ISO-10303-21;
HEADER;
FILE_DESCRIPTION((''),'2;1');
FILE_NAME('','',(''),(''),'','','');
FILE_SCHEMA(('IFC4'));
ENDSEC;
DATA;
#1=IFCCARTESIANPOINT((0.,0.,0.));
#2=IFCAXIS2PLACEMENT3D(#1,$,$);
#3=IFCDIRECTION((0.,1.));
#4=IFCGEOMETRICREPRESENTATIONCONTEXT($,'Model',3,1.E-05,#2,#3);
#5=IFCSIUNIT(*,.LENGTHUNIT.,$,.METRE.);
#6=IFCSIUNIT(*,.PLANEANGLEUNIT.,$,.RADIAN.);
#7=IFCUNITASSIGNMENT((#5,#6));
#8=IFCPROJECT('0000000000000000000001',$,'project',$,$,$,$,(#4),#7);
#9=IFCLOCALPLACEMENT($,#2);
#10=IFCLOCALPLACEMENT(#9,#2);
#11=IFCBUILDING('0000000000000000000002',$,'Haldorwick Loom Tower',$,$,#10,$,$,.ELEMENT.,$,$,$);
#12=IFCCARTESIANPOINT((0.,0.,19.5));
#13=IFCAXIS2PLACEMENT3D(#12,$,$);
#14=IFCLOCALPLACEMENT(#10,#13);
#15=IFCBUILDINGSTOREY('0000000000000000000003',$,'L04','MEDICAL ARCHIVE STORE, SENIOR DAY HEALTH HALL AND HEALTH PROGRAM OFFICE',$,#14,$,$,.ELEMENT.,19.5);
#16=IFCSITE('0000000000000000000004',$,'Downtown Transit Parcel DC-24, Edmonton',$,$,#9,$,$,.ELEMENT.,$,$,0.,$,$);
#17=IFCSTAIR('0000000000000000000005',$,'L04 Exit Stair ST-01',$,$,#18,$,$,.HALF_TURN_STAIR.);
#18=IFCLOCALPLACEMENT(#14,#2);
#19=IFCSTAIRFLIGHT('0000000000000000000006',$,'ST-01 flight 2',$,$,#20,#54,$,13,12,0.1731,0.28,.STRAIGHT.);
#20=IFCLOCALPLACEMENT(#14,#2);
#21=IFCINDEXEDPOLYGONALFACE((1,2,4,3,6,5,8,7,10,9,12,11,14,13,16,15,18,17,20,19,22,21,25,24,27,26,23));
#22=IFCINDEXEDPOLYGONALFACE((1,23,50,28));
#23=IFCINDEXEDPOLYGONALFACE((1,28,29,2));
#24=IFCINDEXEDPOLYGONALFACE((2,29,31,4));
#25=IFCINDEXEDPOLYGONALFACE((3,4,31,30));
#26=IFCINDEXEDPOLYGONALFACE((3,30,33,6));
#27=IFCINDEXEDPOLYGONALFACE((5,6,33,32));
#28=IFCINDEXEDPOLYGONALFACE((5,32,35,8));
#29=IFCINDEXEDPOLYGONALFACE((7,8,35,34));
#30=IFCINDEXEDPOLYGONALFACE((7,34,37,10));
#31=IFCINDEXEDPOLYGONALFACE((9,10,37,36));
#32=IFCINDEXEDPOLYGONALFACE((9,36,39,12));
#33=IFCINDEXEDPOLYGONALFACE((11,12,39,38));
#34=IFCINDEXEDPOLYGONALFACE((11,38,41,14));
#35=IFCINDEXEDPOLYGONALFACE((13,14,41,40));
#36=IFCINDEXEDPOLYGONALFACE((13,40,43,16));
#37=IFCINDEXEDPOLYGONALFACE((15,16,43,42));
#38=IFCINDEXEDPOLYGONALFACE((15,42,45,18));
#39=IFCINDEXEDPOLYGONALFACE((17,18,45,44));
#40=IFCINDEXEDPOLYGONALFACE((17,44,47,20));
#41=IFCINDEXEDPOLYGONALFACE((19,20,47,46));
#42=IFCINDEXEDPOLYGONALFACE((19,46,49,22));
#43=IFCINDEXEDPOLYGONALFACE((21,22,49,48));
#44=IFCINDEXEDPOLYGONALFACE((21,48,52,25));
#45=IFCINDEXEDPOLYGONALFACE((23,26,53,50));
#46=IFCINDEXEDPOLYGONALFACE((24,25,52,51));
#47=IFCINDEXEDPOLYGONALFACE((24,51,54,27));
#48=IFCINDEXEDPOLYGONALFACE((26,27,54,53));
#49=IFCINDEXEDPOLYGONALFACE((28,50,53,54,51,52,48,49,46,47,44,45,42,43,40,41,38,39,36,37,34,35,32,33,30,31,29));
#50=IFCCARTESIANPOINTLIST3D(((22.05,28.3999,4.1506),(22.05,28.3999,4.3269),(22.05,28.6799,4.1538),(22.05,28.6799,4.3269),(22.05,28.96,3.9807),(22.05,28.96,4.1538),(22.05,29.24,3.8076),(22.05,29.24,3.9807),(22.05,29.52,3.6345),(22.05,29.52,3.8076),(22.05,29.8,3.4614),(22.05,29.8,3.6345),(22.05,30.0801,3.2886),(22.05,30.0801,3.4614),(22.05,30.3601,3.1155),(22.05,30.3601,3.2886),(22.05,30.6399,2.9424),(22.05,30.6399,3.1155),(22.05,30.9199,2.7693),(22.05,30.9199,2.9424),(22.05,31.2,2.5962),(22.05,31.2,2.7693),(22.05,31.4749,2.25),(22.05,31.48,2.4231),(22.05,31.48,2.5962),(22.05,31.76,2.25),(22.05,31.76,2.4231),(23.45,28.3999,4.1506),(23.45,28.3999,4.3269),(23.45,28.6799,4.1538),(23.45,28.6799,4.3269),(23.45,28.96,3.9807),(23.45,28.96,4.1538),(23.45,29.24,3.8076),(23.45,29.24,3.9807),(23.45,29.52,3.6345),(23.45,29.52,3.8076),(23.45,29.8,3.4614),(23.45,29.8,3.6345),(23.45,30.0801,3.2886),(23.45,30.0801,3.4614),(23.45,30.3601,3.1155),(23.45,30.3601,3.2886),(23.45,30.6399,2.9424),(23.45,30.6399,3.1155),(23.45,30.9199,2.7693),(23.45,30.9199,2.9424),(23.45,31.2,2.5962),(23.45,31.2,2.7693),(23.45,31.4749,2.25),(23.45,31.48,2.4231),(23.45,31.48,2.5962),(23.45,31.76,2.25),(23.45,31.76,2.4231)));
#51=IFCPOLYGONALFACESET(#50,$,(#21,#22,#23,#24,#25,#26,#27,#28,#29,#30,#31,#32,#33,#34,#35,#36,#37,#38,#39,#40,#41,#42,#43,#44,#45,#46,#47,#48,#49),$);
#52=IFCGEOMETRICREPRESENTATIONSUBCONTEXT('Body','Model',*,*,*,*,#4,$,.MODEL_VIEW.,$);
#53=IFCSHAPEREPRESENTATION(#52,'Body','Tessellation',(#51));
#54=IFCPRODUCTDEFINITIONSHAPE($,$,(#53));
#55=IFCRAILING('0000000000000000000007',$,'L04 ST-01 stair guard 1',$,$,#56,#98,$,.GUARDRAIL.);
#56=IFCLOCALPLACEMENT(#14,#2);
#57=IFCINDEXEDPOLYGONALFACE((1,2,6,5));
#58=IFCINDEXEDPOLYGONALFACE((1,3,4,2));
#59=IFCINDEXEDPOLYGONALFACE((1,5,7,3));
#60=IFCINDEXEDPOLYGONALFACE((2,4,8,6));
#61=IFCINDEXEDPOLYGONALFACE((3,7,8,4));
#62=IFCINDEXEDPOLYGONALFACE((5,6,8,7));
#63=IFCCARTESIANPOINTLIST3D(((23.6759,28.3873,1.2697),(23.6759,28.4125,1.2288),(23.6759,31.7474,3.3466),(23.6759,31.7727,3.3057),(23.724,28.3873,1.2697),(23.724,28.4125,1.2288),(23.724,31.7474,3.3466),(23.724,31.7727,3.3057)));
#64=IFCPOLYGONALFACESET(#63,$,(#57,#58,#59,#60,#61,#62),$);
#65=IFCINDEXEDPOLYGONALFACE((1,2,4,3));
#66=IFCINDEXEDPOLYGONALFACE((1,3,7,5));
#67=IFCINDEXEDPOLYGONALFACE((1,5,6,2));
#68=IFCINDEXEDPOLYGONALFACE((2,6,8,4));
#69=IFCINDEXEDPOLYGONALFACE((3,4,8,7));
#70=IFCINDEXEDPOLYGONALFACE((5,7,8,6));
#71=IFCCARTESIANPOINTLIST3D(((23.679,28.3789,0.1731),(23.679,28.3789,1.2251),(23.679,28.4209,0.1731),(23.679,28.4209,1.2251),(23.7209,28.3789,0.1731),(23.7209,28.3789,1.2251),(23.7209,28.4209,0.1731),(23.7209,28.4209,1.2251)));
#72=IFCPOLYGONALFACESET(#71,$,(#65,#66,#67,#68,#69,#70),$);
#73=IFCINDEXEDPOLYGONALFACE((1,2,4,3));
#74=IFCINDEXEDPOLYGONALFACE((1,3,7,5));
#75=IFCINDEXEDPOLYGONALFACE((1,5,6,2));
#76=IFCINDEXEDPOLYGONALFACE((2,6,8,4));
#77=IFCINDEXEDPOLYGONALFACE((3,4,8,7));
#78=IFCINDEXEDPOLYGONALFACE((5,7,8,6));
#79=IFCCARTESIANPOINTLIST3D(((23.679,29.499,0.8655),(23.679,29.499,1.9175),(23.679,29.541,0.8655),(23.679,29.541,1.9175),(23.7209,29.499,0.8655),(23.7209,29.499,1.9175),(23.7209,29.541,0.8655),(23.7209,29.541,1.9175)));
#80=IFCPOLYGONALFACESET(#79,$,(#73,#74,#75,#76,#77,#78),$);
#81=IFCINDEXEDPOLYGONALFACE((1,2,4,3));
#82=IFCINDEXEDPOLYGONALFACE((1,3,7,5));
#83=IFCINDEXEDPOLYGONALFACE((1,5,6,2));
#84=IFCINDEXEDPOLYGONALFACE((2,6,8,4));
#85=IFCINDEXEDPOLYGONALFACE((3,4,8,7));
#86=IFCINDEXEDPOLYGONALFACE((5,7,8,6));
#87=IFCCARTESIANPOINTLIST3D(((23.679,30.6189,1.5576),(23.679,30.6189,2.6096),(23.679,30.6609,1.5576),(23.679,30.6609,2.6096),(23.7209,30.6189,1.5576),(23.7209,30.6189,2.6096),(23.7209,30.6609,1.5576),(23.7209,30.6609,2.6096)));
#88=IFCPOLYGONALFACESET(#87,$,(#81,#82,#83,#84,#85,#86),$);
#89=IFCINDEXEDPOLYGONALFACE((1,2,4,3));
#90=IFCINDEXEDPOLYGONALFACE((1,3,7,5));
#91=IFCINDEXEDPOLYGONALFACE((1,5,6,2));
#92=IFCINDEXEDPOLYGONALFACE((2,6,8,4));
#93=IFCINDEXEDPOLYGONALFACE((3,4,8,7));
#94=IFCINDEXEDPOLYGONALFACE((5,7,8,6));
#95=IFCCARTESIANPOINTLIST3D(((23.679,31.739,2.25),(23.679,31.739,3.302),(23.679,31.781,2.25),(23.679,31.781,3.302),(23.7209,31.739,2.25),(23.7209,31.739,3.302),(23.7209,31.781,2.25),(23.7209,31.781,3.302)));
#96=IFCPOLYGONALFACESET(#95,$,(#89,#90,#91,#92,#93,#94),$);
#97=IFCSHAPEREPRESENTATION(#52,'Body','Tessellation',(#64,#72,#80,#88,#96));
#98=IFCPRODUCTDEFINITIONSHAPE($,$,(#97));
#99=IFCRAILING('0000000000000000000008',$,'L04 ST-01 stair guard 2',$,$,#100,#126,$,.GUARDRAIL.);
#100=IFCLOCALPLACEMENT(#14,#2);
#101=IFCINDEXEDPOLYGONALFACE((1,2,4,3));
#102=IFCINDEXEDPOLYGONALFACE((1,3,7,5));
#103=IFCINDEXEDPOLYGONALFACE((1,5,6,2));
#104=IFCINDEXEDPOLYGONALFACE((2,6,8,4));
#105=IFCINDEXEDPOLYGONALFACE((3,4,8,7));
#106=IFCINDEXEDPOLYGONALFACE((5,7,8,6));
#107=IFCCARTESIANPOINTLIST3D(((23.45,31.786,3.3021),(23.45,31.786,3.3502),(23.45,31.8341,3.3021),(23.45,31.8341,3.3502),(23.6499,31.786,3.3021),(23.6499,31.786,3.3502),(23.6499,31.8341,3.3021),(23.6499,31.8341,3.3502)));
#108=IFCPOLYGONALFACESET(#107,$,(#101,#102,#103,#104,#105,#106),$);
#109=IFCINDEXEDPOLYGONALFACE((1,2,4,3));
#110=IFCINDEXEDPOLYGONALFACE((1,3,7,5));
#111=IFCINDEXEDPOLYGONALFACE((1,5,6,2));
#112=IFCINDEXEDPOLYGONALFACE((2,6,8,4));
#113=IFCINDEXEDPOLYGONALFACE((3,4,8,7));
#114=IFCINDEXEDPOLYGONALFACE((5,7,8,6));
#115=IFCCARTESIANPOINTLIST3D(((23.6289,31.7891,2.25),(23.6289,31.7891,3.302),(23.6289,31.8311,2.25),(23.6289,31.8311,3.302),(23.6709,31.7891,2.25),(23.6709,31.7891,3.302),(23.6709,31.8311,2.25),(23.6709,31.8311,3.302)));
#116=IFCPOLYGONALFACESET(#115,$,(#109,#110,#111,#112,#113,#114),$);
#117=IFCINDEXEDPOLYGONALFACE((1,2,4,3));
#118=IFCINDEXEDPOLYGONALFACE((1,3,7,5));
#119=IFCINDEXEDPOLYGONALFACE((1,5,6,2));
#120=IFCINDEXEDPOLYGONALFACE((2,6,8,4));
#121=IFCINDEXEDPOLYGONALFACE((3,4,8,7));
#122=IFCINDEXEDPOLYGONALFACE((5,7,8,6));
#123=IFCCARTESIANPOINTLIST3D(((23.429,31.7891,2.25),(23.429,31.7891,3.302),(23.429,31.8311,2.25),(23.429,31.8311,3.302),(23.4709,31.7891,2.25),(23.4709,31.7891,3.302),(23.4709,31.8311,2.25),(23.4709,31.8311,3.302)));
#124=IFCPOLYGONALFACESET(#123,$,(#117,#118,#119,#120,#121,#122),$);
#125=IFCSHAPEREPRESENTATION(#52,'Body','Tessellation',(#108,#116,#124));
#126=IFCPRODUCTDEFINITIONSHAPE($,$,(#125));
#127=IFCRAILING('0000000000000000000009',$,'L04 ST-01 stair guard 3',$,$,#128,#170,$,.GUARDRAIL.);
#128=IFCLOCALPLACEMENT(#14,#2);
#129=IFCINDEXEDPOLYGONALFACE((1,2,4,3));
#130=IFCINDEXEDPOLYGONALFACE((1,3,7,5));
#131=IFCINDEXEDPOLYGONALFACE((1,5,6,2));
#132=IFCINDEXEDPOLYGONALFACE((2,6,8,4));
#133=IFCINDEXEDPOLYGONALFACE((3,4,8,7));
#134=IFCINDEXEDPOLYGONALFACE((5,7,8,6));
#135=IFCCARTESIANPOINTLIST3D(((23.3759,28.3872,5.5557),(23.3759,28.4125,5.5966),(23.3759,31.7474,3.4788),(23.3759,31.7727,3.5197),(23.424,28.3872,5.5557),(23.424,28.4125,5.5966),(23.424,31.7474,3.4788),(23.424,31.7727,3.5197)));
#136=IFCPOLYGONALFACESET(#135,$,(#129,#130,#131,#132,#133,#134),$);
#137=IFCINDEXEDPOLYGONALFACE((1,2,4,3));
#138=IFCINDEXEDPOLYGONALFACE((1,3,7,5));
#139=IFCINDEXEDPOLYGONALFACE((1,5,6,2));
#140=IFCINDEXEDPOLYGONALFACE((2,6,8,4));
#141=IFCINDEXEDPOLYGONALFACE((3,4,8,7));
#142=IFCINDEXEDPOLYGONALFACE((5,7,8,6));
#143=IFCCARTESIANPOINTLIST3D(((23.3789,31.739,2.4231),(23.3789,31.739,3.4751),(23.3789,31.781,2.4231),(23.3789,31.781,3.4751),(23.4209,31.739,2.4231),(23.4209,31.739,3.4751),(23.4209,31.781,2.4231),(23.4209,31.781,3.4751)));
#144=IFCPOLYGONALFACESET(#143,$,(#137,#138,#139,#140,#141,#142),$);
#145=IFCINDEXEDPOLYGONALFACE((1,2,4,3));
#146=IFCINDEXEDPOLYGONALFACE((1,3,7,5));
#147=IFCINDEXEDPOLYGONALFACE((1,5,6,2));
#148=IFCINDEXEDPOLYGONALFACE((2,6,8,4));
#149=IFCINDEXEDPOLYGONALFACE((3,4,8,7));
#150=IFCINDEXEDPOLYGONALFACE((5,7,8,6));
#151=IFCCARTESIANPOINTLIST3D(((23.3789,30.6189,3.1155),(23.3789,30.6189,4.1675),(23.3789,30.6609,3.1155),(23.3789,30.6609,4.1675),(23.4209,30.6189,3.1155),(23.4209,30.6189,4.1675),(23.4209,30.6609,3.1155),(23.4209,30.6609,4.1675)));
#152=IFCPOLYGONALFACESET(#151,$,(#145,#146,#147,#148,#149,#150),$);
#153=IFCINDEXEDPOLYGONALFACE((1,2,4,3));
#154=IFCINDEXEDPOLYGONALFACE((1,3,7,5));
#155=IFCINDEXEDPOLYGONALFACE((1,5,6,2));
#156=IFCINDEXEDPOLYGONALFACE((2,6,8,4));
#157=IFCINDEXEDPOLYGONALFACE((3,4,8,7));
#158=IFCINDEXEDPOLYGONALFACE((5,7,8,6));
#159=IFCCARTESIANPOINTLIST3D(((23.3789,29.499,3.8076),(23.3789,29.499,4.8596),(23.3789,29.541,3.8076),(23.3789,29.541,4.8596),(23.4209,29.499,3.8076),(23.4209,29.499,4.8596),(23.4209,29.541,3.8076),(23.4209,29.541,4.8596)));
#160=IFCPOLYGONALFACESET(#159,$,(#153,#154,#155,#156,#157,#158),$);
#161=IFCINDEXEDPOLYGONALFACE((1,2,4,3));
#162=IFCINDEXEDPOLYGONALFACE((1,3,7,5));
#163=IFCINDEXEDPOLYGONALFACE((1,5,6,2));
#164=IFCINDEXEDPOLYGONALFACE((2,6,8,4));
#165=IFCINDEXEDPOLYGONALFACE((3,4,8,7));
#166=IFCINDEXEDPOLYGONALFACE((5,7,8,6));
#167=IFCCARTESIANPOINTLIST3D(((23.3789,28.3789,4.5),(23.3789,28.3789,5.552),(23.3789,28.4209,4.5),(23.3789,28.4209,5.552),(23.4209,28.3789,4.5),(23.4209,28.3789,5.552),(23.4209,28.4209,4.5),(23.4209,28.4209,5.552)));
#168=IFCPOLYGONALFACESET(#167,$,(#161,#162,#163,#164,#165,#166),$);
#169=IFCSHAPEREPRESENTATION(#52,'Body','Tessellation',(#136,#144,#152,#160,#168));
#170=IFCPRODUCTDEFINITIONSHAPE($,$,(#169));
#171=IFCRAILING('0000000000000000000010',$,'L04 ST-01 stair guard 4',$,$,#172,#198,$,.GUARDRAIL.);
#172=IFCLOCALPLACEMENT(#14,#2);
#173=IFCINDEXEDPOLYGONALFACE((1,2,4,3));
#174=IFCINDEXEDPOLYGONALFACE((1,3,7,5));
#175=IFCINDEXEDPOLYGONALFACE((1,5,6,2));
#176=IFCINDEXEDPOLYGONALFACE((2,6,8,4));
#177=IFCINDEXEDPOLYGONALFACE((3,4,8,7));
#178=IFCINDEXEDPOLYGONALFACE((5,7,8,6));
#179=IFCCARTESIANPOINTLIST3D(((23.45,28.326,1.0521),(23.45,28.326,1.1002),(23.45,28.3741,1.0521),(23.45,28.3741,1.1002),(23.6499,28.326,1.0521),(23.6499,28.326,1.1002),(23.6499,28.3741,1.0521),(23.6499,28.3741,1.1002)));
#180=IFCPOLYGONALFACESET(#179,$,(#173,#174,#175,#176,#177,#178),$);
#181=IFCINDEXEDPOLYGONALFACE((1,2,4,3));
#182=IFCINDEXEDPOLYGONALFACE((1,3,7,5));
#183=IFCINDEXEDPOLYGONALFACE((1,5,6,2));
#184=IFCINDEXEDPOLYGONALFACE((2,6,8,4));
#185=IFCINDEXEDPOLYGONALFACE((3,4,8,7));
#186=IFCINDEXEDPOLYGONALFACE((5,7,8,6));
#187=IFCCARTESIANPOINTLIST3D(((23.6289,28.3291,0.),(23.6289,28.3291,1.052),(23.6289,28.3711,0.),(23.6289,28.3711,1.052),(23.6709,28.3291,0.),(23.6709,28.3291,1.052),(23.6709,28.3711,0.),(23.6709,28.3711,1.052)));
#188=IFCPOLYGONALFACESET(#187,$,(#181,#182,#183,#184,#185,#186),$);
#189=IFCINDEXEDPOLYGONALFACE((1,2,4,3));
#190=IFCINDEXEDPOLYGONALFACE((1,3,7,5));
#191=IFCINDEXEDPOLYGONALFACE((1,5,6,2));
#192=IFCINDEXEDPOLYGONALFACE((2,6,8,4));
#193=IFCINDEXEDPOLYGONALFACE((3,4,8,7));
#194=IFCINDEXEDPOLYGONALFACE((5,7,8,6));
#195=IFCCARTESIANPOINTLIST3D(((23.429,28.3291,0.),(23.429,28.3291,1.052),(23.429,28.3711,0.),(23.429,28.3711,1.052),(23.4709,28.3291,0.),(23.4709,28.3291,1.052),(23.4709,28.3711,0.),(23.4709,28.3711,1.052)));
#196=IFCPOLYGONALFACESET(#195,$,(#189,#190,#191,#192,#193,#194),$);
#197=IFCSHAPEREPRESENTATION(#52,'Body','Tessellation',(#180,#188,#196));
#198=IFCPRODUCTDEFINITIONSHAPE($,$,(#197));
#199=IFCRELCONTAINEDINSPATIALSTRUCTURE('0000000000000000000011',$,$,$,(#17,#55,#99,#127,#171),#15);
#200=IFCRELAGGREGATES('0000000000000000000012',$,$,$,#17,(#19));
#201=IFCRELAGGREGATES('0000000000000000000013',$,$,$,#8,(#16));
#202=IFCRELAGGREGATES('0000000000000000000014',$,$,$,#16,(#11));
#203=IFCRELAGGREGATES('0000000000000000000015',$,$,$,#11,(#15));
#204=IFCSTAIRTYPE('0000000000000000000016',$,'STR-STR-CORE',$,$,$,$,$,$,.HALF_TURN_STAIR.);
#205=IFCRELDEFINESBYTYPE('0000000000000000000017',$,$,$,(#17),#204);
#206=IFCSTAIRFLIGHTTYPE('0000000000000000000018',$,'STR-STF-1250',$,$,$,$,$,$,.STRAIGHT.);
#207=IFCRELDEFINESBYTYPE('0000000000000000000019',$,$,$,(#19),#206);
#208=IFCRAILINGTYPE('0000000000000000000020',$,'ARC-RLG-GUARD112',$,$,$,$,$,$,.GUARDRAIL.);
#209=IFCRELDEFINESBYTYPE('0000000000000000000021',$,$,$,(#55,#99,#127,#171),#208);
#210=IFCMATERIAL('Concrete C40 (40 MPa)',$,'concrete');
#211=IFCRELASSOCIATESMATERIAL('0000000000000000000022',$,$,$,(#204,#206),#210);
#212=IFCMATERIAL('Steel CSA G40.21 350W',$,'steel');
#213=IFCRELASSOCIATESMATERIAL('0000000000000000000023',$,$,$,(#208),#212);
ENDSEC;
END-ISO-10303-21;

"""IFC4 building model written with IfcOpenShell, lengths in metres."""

from ifc_helpers import new_model, si_unit, direction, frame, origin, origin_2d, place, context, subcontext, project, spatial, polyline, rectangle, outline, extrude, material, type_object, element, aggregate, save


model = new_model("IFC4")

# Units and contexts
model_context = context("Model", 3, precision=1e-05, world=origin(), true_north=direction((0.0, 1.0)))
body_context = subcontext(model_context, "Body", "Model", "MODEL_VIEW")
ifc_project = project(units=[si_unit("LENGTHUNIT", "METRE"), si_unit("PLANEANGLEUNIT", "RADIAN")], contexts=[model_context])

# Site, building, storey
site_placement = place(None, origin())
site = spatial("IfcSite", under=ifc_project, at=site_placement, Name="Downtown Transit Parcel DC-24, Edmonton", CompositionType="ELEMENT", RefElevation=0.0)
building_placement = place(site_placement, origin())
building = spatial("IfcBuilding", under=site, at=building_placement, Name="Haldorwick Loom Tower", CompositionType="ELEMENT")
storey_placement = place(building_placement, frame((0.0, 0.0, 19.5)))
storey = spatial("IfcBuildingStorey", under=building, at=storey_placement, Name="L04", Description="MEDICAL ARCHIVE STORE, SENIOR DAY HEALTH HALL AND HEALTH PROGRAM OFFICE", CompositionType="ELEMENT", Elevation=19.5)

# Shared definitions
ifc_material_1 = material(Name="Steel CSA G40.21 350W", Category="steel")

# Stair, stair flight
ifc_material_2 = material(Name="Concrete C40 (40 MPa)", Category="concrete")
stair_type = type_object("IfcStairType", Name="STR-STR-CORE", PredefinedType="HALF_TURN_STAIR", material=ifc_material_2)
stair_placement = place(storey_placement, origin())
stair = element("IfcStair", 1, at=stair_placement, inside=storey, type_object=stair_type, Name="L04 Exit Stair ST-01", PredefinedType="HALF_TURN_STAIR")
stair_flight_type = type_object("IfcStairFlightType", Name="STR-STF-1250", PredefinedType="STRAIGHT", material=ifc_material_2)
stair_flight_1_placement = place(storey_placement, frame((22.75, 31.76, 2.25), z_axis=(0.0, 0.0, 1.0), x_axis=(0.0, -1.0, 0.0)))
stair_flight_1 = element("IfcStairFlight", 2, at=stair_flight_1_placement, type_object=stair_flight_type, Name="ST-01 flight 2", NumberOfRisers=13, NumberOfTreads=12, PredefinedType="STRAIGHT", RiserHeight=0.1731, TreadLength=0.28, context=body_context, shape_type="SweptSolid", body=[
    extrude(outline(polyline([(0.0, 0.0), (0.0, 0.1731), (0.28, 0.1731), (0.28, 0.3462), (0.5601, 0.3462), (0.5601, 0.5193), (0.8401, 0.5193), (0.8401, 0.6924), (1.1201, 0.6924), (1.1201, 0.8655), (1.3999, 0.8655), (1.3999, 1.0386), (1.6799, 1.0386), (1.6799, 1.2114), (1.96, 1.2114), (1.96, 1.3845), (2.24, 1.3845), (2.24, 1.5576), (2.52, 1.5576), (2.52, 1.7307), (2.8, 1.7307), (2.8, 1.9038), (3.0801, 1.9038), (3.0801, 2.0769), (3.3601, 2.0769), (3.3601, 2.25), (3.3601, 1.9006), (0.2852, 0.0), (0.0, 0.0)])), frame((0.0, 0.7, 0.0), z_axis=(0.0, -1.0, 0.0), x_axis=(1.0, 0.0, 0.0)), (0.0, 0.0, 1.0), 1.3999),
])
aggregate(stair, [stair_flight_1])

# Railings
railing_type_1 = type_object("IfcRailingType", Name="ARC-RLG-GUARD112", PredefinedType="GUARDRAIL", material=ifc_material_1)
railing_1_placement = place(storey_placement, frame((23.7, 28.3999, 0.1731)))
element("IfcRailing", 3, at=railing_1_placement, inside=storey, type_object=railing_type_1, Name="L04 ST-01 stair guard 1", PredefinedType="GUARDRAIL", context=body_context, shape_type="SweptSolid", body=[
    extrude(rectangle(XDim=0.0481, YDim=0.0481, at=origin_2d()), frame((0.0, 0.0, 1.0762), z_axis=(0.0, 0.850623, 0.525776), x_axis=(-1.0, 0.0, 0.0)), (0.0, 0.0, 1.0), 3.9502),
    extrude(rectangle(XDim=0.042, YDim=0.042, at=origin_2d()), origin(), (0.0, 0.0, 1.0), 1.052),
    extrude(rectangle(XDim=0.042, YDim=0.042, at=origin_2d()), frame((0.0, 1.1201, 0.6924)), (0.0, 0.0, 1.0), 1.052),
    extrude(rectangle(XDim=0.042, YDim=0.042, at=origin_2d()), frame((0.0, 2.24, 1.3845)), (0.0, 0.0, 1.0), 1.052),
    extrude(rectangle(XDim=0.042, YDim=0.042, at=origin_2d()), frame((0.0, 3.3601, 2.0769)), (0.0, 0.0, 1.0), 1.052),
])
railing_2_placement = place(storey_placement, frame((23.6499, 31.8101, 2.25)))
element("IfcRailing", 4, at=railing_2_placement, inside=storey, type_object=railing_type_1, Name="L04 ST-01 stair guard 2", PredefinedType="GUARDRAIL", context=body_context, shape_type="SweptSolid", body=[
    extrude(rectangle(XDim=0.0481, YDim=0.0481, at=origin_2d()), frame((0.0, 0.0, 1.0762), z_axis=(-1.0, 0.0, 0.0), x_axis=(0.0, -1.0, 0.0)), (0.0, 0.0, 1.0), 0.2),
    extrude(rectangle(XDim=0.042, YDim=0.042, at=origin_2d()), origin(), (0.0, 0.0, 1.0), 1.052),
    extrude(rectangle(XDim=0.042, YDim=0.042, at=origin_2d()), frame((-0.2, 0.0, 0.0)), (0.0, 0.0, 1.0), 1.052),
])
railing_3_placement = place(storey_placement, frame((23.3999, 31.76, 2.4231)))
element("IfcRailing", 5, at=railing_3_placement, inside=storey, type_object=railing_type_1, Name="L04 ST-01 stair guard 3", PredefinedType="GUARDRAIL", context=body_context, shape_type="SweptSolid", body=[
    extrude(rectangle(XDim=0.0481, YDim=0.0481, at=origin_2d()), frame((0.0, 0.0, 1.0762), z_axis=(0.0, -0.850623, 0.525776), x_axis=(1.0, 0.0, 0.0)), (0.0, 0.0, 1.0), 3.9502),
    extrude(rectangle(XDim=0.042, YDim=0.042, at=origin_2d()), origin(), (0.0, 0.0, 1.0), 1.052),
    extrude(rectangle(XDim=0.042, YDim=0.042, at=origin_2d()), frame((0.0, -1.1201, 0.6924)), (0.0, 0.0, 1.0), 1.052),
    extrude(rectangle(XDim=0.042, YDim=0.042, at=origin_2d()), frame((0.0, -2.24, 1.3845)), (0.0, 0.0, 1.0), 1.052),
    extrude(rectangle(XDim=0.042, YDim=0.042, at=origin_2d()), frame((0.0, -3.3601, 2.0769)), (0.0, 0.0, 1.0), 1.052),
])
railing_4_placement = place(storey_placement, frame((23.6499, 28.3501, 0.0)))
element("IfcRailing", 6, at=railing_4_placement, inside=storey, type_object=railing_type_1, Name="L04 ST-01 stair guard 4", PredefinedType="GUARDRAIL", context=body_context, shape_type="SweptSolid", body=[
    extrude(rectangle(XDim=0.0481, YDim=0.0481, at=origin_2d()), frame((0.0, 0.0, 1.0762), z_axis=(-1.0, 0.0, 0.0), x_axis=(0.0, -1.0, 0.0)), (0.0, 0.0, 1.0), 0.2),
    extrude(rectangle(XDim=0.042, YDim=0.042, at=origin_2d()), origin(), (0.0, 0.0, 1.0), 1.052),
    extrude(rectangle(XDim=0.042, YDim=0.042, at=origin_2d()), frame((-0.2, 0.0, 0.0)), (0.0, 0.0, 1.0), 1.052),
])

save(model, "model.ifc")
